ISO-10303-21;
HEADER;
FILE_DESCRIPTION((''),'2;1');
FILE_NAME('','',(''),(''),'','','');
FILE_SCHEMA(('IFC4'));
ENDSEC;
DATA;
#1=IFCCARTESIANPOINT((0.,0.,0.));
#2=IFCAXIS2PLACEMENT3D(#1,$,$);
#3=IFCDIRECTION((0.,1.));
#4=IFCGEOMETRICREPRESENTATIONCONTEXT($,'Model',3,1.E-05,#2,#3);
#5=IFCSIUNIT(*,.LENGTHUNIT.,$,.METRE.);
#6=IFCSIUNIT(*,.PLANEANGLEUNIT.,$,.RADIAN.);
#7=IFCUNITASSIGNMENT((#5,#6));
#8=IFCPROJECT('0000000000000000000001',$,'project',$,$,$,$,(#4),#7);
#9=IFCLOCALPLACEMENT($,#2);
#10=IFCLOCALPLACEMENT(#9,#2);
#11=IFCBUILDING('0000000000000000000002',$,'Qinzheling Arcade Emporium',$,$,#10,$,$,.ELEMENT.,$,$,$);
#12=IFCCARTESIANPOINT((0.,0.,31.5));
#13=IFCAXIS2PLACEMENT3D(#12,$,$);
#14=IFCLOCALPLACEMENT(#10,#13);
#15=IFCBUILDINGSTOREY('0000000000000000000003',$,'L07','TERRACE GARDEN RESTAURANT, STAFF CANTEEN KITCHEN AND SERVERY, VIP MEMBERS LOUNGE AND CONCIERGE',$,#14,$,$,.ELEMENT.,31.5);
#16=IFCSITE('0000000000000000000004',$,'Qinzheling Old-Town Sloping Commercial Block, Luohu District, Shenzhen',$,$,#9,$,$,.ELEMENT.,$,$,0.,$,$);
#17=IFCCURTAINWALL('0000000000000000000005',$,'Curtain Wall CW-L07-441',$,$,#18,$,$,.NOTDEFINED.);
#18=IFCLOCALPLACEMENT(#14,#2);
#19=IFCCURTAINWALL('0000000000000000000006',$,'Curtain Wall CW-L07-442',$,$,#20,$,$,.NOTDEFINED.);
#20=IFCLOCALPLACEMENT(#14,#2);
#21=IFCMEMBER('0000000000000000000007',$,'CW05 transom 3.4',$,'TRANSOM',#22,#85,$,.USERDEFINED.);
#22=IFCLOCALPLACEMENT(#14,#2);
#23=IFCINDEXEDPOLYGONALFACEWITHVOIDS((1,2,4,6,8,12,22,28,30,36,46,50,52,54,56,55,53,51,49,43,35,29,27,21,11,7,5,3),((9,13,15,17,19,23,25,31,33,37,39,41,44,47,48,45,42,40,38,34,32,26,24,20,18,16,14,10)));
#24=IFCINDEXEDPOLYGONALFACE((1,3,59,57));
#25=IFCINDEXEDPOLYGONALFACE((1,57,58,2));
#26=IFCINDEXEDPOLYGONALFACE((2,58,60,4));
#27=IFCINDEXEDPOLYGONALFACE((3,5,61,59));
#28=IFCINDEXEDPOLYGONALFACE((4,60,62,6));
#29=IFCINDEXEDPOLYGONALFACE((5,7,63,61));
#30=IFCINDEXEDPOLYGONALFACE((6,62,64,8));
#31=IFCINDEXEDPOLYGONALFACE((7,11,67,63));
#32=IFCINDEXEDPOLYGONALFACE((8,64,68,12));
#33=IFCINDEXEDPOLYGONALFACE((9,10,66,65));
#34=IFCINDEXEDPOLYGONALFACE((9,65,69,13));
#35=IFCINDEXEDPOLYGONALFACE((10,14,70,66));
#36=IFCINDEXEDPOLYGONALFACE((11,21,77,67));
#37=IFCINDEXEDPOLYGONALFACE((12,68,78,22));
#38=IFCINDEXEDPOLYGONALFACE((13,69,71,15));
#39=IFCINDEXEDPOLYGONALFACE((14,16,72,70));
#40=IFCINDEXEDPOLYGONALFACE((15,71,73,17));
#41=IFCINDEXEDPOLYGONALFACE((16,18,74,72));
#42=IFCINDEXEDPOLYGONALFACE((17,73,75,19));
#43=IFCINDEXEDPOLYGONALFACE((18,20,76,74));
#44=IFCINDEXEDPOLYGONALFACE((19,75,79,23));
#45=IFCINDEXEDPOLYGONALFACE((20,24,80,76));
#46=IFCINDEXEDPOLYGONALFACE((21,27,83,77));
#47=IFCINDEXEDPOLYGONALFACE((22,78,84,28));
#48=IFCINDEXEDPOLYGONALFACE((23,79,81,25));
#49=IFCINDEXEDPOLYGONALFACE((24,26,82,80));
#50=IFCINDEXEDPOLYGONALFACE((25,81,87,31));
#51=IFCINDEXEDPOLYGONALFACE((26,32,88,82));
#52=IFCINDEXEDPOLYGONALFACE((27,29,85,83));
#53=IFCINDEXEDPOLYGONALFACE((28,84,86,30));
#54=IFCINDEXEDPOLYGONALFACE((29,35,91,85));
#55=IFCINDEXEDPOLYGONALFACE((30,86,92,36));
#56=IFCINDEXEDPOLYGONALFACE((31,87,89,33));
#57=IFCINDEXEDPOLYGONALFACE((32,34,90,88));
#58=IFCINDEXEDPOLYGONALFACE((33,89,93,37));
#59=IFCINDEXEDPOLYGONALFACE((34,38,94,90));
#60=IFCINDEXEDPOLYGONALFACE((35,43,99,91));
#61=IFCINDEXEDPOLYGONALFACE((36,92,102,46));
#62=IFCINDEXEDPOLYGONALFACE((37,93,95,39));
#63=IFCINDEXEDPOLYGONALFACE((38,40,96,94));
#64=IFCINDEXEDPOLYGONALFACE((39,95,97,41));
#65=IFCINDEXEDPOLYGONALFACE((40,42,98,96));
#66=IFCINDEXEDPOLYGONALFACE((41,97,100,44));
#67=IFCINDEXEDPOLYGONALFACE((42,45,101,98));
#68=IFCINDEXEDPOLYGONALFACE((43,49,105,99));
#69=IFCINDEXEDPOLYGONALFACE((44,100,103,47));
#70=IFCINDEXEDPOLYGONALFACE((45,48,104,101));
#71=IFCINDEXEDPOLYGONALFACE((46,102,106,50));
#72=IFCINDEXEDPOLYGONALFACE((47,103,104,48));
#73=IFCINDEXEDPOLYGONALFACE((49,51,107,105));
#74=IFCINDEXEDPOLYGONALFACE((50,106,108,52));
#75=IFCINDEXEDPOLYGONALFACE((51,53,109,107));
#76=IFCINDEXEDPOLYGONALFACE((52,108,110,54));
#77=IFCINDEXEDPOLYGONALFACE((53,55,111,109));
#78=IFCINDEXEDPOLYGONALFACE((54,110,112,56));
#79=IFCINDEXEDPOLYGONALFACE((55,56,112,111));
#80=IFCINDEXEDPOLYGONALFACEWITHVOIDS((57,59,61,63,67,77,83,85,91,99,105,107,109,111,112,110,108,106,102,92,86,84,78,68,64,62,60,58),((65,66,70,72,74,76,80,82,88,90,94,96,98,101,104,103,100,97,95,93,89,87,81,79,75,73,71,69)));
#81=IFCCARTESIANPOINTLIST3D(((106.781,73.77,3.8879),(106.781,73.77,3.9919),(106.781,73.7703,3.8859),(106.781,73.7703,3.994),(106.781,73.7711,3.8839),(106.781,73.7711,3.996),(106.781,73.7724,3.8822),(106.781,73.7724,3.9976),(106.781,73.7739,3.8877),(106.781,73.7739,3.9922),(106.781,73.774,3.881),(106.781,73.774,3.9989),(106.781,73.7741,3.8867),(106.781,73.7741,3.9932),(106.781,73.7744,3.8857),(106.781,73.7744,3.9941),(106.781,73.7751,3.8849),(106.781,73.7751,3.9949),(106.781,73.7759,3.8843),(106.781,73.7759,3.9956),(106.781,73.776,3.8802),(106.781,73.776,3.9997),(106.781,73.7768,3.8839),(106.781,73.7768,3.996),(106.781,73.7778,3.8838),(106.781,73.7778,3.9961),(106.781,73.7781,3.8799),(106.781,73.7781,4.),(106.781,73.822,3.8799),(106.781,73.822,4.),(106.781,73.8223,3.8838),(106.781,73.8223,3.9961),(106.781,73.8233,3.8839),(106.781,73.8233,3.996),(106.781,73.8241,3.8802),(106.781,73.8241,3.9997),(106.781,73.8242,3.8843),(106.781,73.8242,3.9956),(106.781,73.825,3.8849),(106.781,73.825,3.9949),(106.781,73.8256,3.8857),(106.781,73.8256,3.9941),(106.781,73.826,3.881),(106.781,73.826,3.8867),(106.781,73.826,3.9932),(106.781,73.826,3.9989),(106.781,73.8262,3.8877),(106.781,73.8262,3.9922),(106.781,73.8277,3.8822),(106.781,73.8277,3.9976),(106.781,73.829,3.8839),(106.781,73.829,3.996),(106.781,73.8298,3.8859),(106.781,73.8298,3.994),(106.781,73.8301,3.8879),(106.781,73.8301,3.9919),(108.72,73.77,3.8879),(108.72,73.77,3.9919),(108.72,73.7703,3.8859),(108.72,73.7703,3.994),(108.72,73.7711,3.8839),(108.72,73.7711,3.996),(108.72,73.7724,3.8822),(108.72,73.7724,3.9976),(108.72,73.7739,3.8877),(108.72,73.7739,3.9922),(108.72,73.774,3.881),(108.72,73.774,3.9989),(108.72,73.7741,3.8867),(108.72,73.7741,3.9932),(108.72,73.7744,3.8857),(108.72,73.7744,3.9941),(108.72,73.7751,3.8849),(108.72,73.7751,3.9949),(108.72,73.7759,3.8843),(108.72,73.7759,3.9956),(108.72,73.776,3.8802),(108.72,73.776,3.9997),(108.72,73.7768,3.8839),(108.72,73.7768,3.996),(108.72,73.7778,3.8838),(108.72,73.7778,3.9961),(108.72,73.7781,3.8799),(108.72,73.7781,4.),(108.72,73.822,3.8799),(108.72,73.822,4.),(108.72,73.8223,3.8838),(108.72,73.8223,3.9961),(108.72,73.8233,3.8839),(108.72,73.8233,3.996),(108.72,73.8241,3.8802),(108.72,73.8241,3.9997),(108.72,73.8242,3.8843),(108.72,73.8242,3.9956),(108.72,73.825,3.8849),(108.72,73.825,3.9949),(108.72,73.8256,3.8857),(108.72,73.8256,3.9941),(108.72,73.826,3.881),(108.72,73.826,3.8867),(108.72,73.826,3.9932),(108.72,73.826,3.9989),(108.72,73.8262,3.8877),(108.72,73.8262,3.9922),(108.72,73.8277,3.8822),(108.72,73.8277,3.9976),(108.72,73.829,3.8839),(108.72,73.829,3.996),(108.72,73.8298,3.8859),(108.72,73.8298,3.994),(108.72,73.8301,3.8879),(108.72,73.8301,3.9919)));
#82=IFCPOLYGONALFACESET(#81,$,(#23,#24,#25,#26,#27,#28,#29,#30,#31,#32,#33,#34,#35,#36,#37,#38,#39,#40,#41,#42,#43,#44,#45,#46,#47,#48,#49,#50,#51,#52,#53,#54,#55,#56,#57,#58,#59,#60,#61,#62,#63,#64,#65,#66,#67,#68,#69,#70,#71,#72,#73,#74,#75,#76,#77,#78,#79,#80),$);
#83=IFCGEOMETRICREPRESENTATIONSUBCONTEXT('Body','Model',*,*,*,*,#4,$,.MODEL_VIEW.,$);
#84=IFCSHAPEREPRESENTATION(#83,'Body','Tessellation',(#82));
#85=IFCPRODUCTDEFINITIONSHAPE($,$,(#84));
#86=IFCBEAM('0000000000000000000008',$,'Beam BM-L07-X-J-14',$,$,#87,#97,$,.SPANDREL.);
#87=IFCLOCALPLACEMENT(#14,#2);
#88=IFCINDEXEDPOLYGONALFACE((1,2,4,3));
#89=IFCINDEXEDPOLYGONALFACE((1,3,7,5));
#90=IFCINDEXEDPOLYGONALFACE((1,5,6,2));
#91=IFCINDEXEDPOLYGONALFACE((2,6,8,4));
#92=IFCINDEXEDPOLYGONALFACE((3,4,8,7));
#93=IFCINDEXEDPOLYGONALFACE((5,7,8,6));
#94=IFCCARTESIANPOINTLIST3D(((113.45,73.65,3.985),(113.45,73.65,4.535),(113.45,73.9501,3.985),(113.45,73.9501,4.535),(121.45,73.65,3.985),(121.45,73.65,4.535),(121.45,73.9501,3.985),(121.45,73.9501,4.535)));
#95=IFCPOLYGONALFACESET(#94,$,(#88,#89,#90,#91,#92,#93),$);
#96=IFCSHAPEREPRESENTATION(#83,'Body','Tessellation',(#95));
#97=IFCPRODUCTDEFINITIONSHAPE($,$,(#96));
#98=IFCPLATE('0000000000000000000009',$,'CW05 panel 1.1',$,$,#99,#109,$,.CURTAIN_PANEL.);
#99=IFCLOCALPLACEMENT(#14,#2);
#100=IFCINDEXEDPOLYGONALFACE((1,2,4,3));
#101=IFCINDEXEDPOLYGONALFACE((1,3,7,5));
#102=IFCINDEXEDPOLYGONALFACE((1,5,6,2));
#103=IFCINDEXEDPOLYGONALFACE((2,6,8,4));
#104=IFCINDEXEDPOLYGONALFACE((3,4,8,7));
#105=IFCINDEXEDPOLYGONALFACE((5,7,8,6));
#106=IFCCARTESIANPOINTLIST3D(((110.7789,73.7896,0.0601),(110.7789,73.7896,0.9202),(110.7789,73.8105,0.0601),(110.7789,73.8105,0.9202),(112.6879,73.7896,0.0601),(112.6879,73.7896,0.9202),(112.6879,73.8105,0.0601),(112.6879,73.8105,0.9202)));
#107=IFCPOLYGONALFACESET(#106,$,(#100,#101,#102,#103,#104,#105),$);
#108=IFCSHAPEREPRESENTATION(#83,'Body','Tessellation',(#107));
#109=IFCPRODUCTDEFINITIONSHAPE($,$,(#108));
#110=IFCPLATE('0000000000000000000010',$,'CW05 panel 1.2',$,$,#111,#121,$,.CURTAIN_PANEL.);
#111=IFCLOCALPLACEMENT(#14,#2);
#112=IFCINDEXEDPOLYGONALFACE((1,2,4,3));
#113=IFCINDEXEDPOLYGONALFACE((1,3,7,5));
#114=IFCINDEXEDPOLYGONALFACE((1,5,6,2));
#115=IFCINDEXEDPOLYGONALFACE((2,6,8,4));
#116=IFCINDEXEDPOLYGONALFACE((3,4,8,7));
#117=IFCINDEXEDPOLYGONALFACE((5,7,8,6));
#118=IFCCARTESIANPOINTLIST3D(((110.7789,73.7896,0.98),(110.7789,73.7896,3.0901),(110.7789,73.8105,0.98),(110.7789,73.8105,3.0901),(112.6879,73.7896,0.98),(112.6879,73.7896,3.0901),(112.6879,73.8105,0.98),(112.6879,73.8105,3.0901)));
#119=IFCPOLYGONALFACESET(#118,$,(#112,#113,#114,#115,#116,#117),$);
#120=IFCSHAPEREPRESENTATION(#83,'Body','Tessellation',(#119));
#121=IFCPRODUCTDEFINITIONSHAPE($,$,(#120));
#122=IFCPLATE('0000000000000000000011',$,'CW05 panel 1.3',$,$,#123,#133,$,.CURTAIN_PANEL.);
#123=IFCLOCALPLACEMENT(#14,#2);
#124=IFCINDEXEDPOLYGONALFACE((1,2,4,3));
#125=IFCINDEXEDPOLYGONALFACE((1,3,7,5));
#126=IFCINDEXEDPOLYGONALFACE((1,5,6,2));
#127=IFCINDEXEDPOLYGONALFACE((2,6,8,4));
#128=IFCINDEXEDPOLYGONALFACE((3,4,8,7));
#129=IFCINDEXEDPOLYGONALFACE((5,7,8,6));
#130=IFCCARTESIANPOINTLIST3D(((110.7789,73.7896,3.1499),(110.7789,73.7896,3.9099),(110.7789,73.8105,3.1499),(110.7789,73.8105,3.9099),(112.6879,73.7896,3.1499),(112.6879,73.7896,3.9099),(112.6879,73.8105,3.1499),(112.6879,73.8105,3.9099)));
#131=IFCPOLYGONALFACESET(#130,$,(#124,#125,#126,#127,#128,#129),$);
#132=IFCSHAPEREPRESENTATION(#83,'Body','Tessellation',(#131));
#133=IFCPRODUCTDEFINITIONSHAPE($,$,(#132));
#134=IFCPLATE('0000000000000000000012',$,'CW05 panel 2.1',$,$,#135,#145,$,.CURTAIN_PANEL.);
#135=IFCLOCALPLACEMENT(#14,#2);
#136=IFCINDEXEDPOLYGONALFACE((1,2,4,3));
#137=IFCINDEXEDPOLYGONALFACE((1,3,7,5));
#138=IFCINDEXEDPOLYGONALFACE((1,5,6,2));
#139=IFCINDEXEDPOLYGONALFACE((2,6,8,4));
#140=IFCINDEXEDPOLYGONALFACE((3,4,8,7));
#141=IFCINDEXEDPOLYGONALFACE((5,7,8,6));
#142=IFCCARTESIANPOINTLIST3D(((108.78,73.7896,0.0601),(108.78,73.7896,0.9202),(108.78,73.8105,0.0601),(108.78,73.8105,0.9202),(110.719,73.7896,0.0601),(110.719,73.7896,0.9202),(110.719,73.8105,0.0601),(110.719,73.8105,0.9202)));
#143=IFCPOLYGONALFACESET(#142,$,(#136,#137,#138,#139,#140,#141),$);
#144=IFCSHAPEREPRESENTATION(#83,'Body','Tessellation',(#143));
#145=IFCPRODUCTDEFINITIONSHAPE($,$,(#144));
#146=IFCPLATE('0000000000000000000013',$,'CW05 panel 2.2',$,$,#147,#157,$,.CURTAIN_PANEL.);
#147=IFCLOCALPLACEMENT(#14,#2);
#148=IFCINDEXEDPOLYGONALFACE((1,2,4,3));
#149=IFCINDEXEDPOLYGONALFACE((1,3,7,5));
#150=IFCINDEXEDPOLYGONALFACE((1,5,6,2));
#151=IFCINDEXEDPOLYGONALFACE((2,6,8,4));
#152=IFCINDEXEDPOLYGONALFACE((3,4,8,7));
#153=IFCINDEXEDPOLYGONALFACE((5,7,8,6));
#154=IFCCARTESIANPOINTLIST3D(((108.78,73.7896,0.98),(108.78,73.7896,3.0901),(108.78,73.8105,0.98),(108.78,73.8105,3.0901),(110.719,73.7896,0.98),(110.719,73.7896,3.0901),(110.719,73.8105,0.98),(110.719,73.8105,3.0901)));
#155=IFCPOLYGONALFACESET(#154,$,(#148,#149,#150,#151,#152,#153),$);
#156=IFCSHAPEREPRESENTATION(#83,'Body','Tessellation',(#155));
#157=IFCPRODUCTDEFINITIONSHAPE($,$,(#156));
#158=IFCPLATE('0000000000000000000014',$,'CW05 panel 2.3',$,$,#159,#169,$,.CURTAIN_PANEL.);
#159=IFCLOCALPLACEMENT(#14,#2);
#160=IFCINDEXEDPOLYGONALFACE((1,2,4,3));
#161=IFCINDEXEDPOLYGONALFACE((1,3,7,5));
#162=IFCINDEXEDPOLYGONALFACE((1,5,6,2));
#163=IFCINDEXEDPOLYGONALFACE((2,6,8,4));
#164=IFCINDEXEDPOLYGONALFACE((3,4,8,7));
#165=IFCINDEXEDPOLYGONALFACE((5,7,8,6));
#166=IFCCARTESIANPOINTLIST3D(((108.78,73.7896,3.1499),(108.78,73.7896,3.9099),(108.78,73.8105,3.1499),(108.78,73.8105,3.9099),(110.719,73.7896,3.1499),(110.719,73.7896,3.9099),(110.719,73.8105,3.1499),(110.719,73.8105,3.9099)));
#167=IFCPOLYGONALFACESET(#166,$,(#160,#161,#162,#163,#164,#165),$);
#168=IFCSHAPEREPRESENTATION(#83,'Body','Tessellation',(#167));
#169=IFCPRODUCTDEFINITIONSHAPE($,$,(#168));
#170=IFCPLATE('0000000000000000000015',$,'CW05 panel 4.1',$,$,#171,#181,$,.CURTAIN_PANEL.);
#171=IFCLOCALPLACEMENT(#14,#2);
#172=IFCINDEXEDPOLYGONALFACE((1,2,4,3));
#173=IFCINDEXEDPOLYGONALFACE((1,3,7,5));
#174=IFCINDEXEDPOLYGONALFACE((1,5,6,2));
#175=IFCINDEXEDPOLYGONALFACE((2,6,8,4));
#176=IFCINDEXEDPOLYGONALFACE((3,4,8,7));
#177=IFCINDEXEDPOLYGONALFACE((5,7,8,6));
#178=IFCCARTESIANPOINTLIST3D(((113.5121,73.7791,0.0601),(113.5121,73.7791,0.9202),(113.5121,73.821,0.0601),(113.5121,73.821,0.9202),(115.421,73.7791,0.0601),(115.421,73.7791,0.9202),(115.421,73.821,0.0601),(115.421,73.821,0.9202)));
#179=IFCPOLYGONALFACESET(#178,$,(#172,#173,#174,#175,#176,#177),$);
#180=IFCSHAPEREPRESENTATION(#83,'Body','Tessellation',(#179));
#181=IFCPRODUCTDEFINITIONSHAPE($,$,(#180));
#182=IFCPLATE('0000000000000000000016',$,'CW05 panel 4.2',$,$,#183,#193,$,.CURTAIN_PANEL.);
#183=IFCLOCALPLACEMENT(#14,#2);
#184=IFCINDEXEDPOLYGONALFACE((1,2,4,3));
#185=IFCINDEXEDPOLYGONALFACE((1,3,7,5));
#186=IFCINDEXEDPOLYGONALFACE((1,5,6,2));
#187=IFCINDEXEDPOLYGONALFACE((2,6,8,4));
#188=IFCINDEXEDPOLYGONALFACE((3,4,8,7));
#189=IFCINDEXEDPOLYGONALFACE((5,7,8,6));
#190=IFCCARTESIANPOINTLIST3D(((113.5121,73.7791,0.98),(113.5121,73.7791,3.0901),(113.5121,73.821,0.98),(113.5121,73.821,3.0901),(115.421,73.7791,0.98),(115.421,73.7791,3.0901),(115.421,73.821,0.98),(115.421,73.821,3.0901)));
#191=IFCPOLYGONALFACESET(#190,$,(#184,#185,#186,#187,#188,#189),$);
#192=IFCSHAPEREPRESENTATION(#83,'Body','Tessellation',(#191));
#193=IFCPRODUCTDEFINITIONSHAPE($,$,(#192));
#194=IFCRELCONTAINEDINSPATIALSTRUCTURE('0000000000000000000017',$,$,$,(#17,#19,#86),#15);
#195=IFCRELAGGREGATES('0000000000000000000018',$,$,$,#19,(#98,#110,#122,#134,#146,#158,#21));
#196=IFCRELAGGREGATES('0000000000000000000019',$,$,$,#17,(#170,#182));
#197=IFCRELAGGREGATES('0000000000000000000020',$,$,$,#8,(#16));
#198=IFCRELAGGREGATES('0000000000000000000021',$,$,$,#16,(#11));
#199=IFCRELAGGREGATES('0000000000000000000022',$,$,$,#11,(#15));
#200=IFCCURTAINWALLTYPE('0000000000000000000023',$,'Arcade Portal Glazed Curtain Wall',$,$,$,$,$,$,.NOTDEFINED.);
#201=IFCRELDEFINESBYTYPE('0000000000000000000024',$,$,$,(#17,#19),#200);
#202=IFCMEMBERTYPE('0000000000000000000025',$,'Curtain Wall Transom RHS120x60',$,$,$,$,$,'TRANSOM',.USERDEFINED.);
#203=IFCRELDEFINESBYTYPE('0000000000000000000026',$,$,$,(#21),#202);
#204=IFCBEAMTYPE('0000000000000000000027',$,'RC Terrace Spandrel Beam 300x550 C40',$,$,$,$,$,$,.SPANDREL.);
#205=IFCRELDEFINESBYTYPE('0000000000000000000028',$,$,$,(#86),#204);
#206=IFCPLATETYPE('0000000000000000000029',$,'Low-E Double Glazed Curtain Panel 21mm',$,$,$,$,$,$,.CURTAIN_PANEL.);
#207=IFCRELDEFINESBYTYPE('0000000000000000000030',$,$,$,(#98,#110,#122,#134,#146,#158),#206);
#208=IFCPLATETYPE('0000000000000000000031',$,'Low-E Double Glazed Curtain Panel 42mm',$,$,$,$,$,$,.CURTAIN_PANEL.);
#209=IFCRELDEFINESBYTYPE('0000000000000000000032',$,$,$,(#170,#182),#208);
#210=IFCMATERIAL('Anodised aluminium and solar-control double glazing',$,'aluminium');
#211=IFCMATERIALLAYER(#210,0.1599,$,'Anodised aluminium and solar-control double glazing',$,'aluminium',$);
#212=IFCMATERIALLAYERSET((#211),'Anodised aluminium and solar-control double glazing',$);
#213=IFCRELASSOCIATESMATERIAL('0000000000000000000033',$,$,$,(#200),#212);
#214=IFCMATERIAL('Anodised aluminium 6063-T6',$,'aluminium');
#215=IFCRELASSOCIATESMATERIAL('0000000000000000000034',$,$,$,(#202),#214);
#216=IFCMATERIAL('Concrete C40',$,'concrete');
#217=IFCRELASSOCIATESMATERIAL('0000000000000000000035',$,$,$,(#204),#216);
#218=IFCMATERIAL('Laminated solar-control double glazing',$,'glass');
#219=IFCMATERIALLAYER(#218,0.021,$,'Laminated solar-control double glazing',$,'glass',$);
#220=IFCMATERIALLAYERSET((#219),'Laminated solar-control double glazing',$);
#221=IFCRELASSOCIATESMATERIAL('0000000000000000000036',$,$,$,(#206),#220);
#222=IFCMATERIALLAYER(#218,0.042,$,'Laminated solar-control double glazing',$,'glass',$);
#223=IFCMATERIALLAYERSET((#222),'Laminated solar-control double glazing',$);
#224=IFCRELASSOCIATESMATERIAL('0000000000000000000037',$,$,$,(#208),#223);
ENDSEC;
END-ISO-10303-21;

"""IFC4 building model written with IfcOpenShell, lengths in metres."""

from ifc_helpers import new_model, si_unit, direction, frame, origin, origin_2d, place, context, subcontext, project, spatial, rectangle, hollow_rectangle, extrude, material, layer, layer_set, material_profile, profile_set, type_object, element, aggregate, save


model = new_model("IFC4")

# Units and contexts
model_context = context("Model", 3, precision=1e-05, world=origin(), true_north=direction((0.0, 1.0)))
body_context = subcontext(model_context, "Body", "Model", "MODEL_VIEW")
ifc_project = project(units=[si_unit("LENGTHUNIT", "METRE"), si_unit("PLANEANGLEUNIT", "RADIAN")], contexts=[model_context])

# Site, building, storey
site_placement = place(None, origin())
site = spatial("IfcSite", under=ifc_project, at=site_placement, Name="Qinzheling Old-Town Sloping Commercial Block, Luohu District, Shenzhen", CompositionType="ELEMENT", RefElevation=0.0)
building_placement = place(site_placement, origin())
building = spatial("IfcBuilding", under=site, at=building_placement, Name="Qinzheling Arcade Emporium", CompositionType="ELEMENT")
storey_placement = place(building_placement, frame((0.0, 0.0, 31.5)))
storey = spatial("IfcBuildingStorey", under=building, at=storey_placement, Name="L07", Description="TERRACE GARDEN RESTAURANT, STAFF CANTEEN KITCHEN AND SERVERY, VIP MEMBERS LOUNGE AND CONCIERGE", CompositionType="ELEMENT", Elevation=31.5)

# Shared definitions
ifc_material_1 = material(Name="Concrete C40", Category="concrete")

# Curtain wall
ifc_material_2 = material(Name="Anodised aluminium and solar-control double glazing", Category="aluminium")
ifc_layer_1 = layer(ifc_material_2, 0.1599, Name="Anodised aluminium and solar-control double glazing", Category="aluminium")
ifc_layer_set_1 = layer_set([ifc_layer_1], Name="Anodised aluminium and solar-control double glazing")
curtain_wall_type = type_object("IfcCurtainWallType", Name="Arcade Portal Glazed Curtain Wall", PredefinedType="NOTDEFINED", material=ifc_layer_set_1)
curtain_wall_1_placement = place(storey_placement, origin())
curtain_wall_1 = element("IfcCurtainWall", 1, at=curtain_wall_1_placement, inside=storey, type_object=curtain_wall_type, Name="Curtain Wall CW-L07-441", PredefinedType="NOTDEFINED")
ifc_material_3 = material(Name="Anodised aluminium 6063-T6", Category="aluminium")

# Curtain wall, member
curtain_wall_2_placement = place(storey_placement, origin())
curtain_wall_2 = element("IfcCurtainWall", 2, at=curtain_wall_2_placement, inside=storey, type_object=curtain_wall_type, Name="Curtain Wall CW-L07-442", PredefinedType="NOTDEFINED")
ifc_material_profile_1 = material_profile(ifc_material_3, hollow_rectangle(XDim=0.0601, YDim=0.1201, WallThickness=0.0039, InnerFilletRadius=0.0039, OuterFilletRadius=0.0081, at=origin_2d()), Name="RHS 120x60x4", Category="aluminium")
ifc_profile_set_1 = profile_set([ifc_material_profile_1], Name="Anodised aluminium 6063-T6")
member_type_1 = type_object("IfcMemberType", Name="Curtain Wall Transom RHS120x60", ElementType="TRANSOM", PredefinedType="USERDEFINED", material=ifc_profile_set_1)
member_1_placement = place(storey_placement, frame((108.72, 73.8, 3.9399), z_axis=(-1.0, 0.0, 0.0), x_axis=(0.0, -1.0, 0.0)))
member_1 = element("IfcMember", 3, at=member_1_placement, type_object=member_type_1, Name="CW05 transom 3.4", ObjectType="TRANSOM", PredefinedType="USERDEFINED", context=body_context, shape_type="SweptSolid", body=[
    extrude(hollow_rectangle(XDim=0.0601, YDim=0.1201, WallThickness=0.0039, InnerFilletRadius=0.0039, OuterFilletRadius=0.0081, at=origin_2d()), origin(), (0.0, 0.0, 1.0), 1.939),
])

# Beam
ifc_material_profile_2 = material_profile(ifc_material_1, rectangle(XDim=0.3, YDim=0.55, at=origin_2d()), Name="RC 300x550", Category="concrete")
ifc_profile_set_2 = profile_set([ifc_material_profile_2], Name="Concrete C40")
beam_type = type_object("IfcBeamType", Name="RC Terrace Spandrel Beam 300x550 C40", PredefinedType="SPANDREL", material=ifc_profile_set_2)
beam_placement = place(storey_placement, frame((113.45, 73.8, 4.26), z_axis=(1.0, 0.0, 0.0), x_axis=(0.0, 1.0, 0.0)))
element("IfcBeam", 4, at=beam_placement, inside=storey, type_object=beam_type, Name="Beam BM-L07-X-J-14", PredefinedType="SPANDREL", context=body_context, shape_type="SweptSolid", body=[
    extrude(rectangle(XDim=0.3, YDim=0.55, at=origin_2d()), origin(), (0.0, 0.0, 1.0), 8.0),
])

# Plates
ifc_material_4 = material(Name="Laminated solar-control double glazing", Category="glass")
ifc_layer_2 = layer(ifc_material_4, 0.021, Name="Laminated solar-control double glazing", Category="glass")
ifc_layer_set_2 = layer_set([ifc_layer_2], Name="Laminated solar-control double glazing")
plate_type_1 = type_object("IfcPlateType", Name="Low-E Double Glazed Curtain Panel 21mm", PredefinedType="CURTAIN_PANEL", material=ifc_layer_set_2)
plate_1_placement = place(storey_placement, frame((111.7334, 73.8, 0.0601), z_axis=(0.0, 0.0, 1.0), x_axis=(-1.0, 0.0, 0.0)))
plate_1 = element("IfcPlate", 5, at=plate_1_placement, type_object=plate_type_1, Name="CW05 panel 1.1", PredefinedType="CURTAIN_PANEL", context=body_context, shape_type="SweptSolid", body=[
    extrude(rectangle(XDim=1.9089, YDim=0.021, at=origin_2d()), origin(), (0.0, 0.0, 1.0), 0.8601),
])
plate_2_placement = place(storey_placement, frame((111.7334, 73.8, 0.98), z_axis=(0.0, 0.0, 1.0), x_axis=(-1.0, 0.0, 0.0)))
plate_2 = element("IfcPlate", 6, at=plate_2_placement, type_object=plate_type_1, Name="CW05 panel 1.2", PredefinedType="CURTAIN_PANEL", context=body_context, shape_type="SweptSolid", body=[
    extrude(rectangle(XDim=1.9089, YDim=0.021, at=origin_2d()), origin(), (0.0, 0.0, 1.0), 2.1101),
])
plate_3_placement = place(storey_placement, frame((111.7334, 73.8, 3.1499), z_axis=(0.0, 0.0, 1.0), x_axis=(-1.0, 0.0, 0.0)))
plate_3 = element("IfcPlate", 7, at=plate_3_placement, type_object=plate_type_1, Name="CW05 panel 1.3", PredefinedType="CURTAIN_PANEL", context=body_context, shape_type="SweptSolid", body=[
    extrude(rectangle(XDim=1.9089, YDim=0.021, at=origin_2d()), origin(), (0.0, 0.0, 1.0), 0.76),
])
plate_4_placement = place(storey_placement, frame((109.7495, 73.8, 0.0601), z_axis=(0.0, 0.0, 1.0), x_axis=(-1.0, 0.0, 0.0)))
plate_4 = element("IfcPlate", 8, at=plate_4_placement, type_object=plate_type_1, Name="CW05 panel 2.1", PredefinedType="CURTAIN_PANEL", context=body_context, shape_type="SweptSolid", body=[
    extrude(rectangle(XDim=1.939, YDim=0.021, at=origin_2d()), origin(), (0.0, 0.0, 1.0), 0.8601),
])
plate_5_placement = place(storey_placement, frame((109.7495, 73.8, 0.98), z_axis=(0.0, 0.0, 1.0), x_axis=(-1.0, 0.0, 0.0)))
plate_5 = element("IfcPlate", 9, at=plate_5_placement, type_object=plate_type_1, Name="CW05 panel 2.2", PredefinedType="CURTAIN_PANEL", context=body_context, shape_type="SweptSolid", body=[
    extrude(rectangle(XDim=1.939, YDim=0.021, at=origin_2d()), origin(), (0.0, 0.0, 1.0), 2.1101),
])
plate_6_placement = place(storey_placement, frame((109.7495, 73.8, 3.1499), z_axis=(0.0, 0.0, 1.0), x_axis=(-1.0, 0.0, 0.0)))
plate_6 = element("IfcPlate", 10, at=plate_6_placement, type_object=plate_type_1, Name="CW05 panel 2.3", PredefinedType="CURTAIN_PANEL", context=body_context, shape_type="SweptSolid", body=[
    extrude(rectangle(XDim=1.939, YDim=0.021, at=origin_2d()), origin(), (0.0, 0.0, 1.0), 0.76),
])
aggregate(curtain_wall_2, [plate_1, plate_2, plate_3, plate_4, plate_5, plate_6, member_1])
ifc_layer_3 = layer(ifc_material_4, 0.042, Name="Laminated solar-control double glazing", Category="glass")
ifc_layer_set_3 = layer_set([ifc_layer_3], Name="Laminated solar-control double glazing")
plate_type_2 = type_object("IfcPlateType", Name="Low-E Double Glazed Curtain Panel 42mm", PredefinedType="CURTAIN_PANEL", material=ifc_layer_set_3)
plate_7_placement = place(storey_placement, frame((114.4666, 73.8, 0.0601), z_axis=(0.0, 0.0, 1.0), x_axis=(-1.0, 0.0, 0.0)))
plate_7 = element("IfcPlate", 11, at=plate_7_placement, type_object=plate_type_2, Name="CW05 panel 4.1", PredefinedType="CURTAIN_PANEL", context=body_context, shape_type="SweptSolid", body=[
    extrude(rectangle(XDim=1.9089, YDim=0.042, at=origin_2d()), origin(), (0.0, 0.0, 1.0), 0.8601),
])
plate_8_placement = place(storey_placement, frame((114.4666, 73.8, 0.98), z_axis=(0.0, 0.0, 1.0), x_axis=(-1.0, 0.0, 0.0)))
plate_8 = element("IfcPlate", 12, at=plate_8_placement, type_object=plate_type_2, Name="CW05 panel 4.2", PredefinedType="CURTAIN_PANEL", context=body_context, shape_type="SweptSolid", body=[
    extrude(rectangle(XDim=1.9089, YDim=0.042, at=origin_2d()), origin(), (0.0, 0.0, 1.0), 2.1101),
])
aggregate(curtain_wall_1, [plate_7, plate_8])

save(model, "model.ifc")
